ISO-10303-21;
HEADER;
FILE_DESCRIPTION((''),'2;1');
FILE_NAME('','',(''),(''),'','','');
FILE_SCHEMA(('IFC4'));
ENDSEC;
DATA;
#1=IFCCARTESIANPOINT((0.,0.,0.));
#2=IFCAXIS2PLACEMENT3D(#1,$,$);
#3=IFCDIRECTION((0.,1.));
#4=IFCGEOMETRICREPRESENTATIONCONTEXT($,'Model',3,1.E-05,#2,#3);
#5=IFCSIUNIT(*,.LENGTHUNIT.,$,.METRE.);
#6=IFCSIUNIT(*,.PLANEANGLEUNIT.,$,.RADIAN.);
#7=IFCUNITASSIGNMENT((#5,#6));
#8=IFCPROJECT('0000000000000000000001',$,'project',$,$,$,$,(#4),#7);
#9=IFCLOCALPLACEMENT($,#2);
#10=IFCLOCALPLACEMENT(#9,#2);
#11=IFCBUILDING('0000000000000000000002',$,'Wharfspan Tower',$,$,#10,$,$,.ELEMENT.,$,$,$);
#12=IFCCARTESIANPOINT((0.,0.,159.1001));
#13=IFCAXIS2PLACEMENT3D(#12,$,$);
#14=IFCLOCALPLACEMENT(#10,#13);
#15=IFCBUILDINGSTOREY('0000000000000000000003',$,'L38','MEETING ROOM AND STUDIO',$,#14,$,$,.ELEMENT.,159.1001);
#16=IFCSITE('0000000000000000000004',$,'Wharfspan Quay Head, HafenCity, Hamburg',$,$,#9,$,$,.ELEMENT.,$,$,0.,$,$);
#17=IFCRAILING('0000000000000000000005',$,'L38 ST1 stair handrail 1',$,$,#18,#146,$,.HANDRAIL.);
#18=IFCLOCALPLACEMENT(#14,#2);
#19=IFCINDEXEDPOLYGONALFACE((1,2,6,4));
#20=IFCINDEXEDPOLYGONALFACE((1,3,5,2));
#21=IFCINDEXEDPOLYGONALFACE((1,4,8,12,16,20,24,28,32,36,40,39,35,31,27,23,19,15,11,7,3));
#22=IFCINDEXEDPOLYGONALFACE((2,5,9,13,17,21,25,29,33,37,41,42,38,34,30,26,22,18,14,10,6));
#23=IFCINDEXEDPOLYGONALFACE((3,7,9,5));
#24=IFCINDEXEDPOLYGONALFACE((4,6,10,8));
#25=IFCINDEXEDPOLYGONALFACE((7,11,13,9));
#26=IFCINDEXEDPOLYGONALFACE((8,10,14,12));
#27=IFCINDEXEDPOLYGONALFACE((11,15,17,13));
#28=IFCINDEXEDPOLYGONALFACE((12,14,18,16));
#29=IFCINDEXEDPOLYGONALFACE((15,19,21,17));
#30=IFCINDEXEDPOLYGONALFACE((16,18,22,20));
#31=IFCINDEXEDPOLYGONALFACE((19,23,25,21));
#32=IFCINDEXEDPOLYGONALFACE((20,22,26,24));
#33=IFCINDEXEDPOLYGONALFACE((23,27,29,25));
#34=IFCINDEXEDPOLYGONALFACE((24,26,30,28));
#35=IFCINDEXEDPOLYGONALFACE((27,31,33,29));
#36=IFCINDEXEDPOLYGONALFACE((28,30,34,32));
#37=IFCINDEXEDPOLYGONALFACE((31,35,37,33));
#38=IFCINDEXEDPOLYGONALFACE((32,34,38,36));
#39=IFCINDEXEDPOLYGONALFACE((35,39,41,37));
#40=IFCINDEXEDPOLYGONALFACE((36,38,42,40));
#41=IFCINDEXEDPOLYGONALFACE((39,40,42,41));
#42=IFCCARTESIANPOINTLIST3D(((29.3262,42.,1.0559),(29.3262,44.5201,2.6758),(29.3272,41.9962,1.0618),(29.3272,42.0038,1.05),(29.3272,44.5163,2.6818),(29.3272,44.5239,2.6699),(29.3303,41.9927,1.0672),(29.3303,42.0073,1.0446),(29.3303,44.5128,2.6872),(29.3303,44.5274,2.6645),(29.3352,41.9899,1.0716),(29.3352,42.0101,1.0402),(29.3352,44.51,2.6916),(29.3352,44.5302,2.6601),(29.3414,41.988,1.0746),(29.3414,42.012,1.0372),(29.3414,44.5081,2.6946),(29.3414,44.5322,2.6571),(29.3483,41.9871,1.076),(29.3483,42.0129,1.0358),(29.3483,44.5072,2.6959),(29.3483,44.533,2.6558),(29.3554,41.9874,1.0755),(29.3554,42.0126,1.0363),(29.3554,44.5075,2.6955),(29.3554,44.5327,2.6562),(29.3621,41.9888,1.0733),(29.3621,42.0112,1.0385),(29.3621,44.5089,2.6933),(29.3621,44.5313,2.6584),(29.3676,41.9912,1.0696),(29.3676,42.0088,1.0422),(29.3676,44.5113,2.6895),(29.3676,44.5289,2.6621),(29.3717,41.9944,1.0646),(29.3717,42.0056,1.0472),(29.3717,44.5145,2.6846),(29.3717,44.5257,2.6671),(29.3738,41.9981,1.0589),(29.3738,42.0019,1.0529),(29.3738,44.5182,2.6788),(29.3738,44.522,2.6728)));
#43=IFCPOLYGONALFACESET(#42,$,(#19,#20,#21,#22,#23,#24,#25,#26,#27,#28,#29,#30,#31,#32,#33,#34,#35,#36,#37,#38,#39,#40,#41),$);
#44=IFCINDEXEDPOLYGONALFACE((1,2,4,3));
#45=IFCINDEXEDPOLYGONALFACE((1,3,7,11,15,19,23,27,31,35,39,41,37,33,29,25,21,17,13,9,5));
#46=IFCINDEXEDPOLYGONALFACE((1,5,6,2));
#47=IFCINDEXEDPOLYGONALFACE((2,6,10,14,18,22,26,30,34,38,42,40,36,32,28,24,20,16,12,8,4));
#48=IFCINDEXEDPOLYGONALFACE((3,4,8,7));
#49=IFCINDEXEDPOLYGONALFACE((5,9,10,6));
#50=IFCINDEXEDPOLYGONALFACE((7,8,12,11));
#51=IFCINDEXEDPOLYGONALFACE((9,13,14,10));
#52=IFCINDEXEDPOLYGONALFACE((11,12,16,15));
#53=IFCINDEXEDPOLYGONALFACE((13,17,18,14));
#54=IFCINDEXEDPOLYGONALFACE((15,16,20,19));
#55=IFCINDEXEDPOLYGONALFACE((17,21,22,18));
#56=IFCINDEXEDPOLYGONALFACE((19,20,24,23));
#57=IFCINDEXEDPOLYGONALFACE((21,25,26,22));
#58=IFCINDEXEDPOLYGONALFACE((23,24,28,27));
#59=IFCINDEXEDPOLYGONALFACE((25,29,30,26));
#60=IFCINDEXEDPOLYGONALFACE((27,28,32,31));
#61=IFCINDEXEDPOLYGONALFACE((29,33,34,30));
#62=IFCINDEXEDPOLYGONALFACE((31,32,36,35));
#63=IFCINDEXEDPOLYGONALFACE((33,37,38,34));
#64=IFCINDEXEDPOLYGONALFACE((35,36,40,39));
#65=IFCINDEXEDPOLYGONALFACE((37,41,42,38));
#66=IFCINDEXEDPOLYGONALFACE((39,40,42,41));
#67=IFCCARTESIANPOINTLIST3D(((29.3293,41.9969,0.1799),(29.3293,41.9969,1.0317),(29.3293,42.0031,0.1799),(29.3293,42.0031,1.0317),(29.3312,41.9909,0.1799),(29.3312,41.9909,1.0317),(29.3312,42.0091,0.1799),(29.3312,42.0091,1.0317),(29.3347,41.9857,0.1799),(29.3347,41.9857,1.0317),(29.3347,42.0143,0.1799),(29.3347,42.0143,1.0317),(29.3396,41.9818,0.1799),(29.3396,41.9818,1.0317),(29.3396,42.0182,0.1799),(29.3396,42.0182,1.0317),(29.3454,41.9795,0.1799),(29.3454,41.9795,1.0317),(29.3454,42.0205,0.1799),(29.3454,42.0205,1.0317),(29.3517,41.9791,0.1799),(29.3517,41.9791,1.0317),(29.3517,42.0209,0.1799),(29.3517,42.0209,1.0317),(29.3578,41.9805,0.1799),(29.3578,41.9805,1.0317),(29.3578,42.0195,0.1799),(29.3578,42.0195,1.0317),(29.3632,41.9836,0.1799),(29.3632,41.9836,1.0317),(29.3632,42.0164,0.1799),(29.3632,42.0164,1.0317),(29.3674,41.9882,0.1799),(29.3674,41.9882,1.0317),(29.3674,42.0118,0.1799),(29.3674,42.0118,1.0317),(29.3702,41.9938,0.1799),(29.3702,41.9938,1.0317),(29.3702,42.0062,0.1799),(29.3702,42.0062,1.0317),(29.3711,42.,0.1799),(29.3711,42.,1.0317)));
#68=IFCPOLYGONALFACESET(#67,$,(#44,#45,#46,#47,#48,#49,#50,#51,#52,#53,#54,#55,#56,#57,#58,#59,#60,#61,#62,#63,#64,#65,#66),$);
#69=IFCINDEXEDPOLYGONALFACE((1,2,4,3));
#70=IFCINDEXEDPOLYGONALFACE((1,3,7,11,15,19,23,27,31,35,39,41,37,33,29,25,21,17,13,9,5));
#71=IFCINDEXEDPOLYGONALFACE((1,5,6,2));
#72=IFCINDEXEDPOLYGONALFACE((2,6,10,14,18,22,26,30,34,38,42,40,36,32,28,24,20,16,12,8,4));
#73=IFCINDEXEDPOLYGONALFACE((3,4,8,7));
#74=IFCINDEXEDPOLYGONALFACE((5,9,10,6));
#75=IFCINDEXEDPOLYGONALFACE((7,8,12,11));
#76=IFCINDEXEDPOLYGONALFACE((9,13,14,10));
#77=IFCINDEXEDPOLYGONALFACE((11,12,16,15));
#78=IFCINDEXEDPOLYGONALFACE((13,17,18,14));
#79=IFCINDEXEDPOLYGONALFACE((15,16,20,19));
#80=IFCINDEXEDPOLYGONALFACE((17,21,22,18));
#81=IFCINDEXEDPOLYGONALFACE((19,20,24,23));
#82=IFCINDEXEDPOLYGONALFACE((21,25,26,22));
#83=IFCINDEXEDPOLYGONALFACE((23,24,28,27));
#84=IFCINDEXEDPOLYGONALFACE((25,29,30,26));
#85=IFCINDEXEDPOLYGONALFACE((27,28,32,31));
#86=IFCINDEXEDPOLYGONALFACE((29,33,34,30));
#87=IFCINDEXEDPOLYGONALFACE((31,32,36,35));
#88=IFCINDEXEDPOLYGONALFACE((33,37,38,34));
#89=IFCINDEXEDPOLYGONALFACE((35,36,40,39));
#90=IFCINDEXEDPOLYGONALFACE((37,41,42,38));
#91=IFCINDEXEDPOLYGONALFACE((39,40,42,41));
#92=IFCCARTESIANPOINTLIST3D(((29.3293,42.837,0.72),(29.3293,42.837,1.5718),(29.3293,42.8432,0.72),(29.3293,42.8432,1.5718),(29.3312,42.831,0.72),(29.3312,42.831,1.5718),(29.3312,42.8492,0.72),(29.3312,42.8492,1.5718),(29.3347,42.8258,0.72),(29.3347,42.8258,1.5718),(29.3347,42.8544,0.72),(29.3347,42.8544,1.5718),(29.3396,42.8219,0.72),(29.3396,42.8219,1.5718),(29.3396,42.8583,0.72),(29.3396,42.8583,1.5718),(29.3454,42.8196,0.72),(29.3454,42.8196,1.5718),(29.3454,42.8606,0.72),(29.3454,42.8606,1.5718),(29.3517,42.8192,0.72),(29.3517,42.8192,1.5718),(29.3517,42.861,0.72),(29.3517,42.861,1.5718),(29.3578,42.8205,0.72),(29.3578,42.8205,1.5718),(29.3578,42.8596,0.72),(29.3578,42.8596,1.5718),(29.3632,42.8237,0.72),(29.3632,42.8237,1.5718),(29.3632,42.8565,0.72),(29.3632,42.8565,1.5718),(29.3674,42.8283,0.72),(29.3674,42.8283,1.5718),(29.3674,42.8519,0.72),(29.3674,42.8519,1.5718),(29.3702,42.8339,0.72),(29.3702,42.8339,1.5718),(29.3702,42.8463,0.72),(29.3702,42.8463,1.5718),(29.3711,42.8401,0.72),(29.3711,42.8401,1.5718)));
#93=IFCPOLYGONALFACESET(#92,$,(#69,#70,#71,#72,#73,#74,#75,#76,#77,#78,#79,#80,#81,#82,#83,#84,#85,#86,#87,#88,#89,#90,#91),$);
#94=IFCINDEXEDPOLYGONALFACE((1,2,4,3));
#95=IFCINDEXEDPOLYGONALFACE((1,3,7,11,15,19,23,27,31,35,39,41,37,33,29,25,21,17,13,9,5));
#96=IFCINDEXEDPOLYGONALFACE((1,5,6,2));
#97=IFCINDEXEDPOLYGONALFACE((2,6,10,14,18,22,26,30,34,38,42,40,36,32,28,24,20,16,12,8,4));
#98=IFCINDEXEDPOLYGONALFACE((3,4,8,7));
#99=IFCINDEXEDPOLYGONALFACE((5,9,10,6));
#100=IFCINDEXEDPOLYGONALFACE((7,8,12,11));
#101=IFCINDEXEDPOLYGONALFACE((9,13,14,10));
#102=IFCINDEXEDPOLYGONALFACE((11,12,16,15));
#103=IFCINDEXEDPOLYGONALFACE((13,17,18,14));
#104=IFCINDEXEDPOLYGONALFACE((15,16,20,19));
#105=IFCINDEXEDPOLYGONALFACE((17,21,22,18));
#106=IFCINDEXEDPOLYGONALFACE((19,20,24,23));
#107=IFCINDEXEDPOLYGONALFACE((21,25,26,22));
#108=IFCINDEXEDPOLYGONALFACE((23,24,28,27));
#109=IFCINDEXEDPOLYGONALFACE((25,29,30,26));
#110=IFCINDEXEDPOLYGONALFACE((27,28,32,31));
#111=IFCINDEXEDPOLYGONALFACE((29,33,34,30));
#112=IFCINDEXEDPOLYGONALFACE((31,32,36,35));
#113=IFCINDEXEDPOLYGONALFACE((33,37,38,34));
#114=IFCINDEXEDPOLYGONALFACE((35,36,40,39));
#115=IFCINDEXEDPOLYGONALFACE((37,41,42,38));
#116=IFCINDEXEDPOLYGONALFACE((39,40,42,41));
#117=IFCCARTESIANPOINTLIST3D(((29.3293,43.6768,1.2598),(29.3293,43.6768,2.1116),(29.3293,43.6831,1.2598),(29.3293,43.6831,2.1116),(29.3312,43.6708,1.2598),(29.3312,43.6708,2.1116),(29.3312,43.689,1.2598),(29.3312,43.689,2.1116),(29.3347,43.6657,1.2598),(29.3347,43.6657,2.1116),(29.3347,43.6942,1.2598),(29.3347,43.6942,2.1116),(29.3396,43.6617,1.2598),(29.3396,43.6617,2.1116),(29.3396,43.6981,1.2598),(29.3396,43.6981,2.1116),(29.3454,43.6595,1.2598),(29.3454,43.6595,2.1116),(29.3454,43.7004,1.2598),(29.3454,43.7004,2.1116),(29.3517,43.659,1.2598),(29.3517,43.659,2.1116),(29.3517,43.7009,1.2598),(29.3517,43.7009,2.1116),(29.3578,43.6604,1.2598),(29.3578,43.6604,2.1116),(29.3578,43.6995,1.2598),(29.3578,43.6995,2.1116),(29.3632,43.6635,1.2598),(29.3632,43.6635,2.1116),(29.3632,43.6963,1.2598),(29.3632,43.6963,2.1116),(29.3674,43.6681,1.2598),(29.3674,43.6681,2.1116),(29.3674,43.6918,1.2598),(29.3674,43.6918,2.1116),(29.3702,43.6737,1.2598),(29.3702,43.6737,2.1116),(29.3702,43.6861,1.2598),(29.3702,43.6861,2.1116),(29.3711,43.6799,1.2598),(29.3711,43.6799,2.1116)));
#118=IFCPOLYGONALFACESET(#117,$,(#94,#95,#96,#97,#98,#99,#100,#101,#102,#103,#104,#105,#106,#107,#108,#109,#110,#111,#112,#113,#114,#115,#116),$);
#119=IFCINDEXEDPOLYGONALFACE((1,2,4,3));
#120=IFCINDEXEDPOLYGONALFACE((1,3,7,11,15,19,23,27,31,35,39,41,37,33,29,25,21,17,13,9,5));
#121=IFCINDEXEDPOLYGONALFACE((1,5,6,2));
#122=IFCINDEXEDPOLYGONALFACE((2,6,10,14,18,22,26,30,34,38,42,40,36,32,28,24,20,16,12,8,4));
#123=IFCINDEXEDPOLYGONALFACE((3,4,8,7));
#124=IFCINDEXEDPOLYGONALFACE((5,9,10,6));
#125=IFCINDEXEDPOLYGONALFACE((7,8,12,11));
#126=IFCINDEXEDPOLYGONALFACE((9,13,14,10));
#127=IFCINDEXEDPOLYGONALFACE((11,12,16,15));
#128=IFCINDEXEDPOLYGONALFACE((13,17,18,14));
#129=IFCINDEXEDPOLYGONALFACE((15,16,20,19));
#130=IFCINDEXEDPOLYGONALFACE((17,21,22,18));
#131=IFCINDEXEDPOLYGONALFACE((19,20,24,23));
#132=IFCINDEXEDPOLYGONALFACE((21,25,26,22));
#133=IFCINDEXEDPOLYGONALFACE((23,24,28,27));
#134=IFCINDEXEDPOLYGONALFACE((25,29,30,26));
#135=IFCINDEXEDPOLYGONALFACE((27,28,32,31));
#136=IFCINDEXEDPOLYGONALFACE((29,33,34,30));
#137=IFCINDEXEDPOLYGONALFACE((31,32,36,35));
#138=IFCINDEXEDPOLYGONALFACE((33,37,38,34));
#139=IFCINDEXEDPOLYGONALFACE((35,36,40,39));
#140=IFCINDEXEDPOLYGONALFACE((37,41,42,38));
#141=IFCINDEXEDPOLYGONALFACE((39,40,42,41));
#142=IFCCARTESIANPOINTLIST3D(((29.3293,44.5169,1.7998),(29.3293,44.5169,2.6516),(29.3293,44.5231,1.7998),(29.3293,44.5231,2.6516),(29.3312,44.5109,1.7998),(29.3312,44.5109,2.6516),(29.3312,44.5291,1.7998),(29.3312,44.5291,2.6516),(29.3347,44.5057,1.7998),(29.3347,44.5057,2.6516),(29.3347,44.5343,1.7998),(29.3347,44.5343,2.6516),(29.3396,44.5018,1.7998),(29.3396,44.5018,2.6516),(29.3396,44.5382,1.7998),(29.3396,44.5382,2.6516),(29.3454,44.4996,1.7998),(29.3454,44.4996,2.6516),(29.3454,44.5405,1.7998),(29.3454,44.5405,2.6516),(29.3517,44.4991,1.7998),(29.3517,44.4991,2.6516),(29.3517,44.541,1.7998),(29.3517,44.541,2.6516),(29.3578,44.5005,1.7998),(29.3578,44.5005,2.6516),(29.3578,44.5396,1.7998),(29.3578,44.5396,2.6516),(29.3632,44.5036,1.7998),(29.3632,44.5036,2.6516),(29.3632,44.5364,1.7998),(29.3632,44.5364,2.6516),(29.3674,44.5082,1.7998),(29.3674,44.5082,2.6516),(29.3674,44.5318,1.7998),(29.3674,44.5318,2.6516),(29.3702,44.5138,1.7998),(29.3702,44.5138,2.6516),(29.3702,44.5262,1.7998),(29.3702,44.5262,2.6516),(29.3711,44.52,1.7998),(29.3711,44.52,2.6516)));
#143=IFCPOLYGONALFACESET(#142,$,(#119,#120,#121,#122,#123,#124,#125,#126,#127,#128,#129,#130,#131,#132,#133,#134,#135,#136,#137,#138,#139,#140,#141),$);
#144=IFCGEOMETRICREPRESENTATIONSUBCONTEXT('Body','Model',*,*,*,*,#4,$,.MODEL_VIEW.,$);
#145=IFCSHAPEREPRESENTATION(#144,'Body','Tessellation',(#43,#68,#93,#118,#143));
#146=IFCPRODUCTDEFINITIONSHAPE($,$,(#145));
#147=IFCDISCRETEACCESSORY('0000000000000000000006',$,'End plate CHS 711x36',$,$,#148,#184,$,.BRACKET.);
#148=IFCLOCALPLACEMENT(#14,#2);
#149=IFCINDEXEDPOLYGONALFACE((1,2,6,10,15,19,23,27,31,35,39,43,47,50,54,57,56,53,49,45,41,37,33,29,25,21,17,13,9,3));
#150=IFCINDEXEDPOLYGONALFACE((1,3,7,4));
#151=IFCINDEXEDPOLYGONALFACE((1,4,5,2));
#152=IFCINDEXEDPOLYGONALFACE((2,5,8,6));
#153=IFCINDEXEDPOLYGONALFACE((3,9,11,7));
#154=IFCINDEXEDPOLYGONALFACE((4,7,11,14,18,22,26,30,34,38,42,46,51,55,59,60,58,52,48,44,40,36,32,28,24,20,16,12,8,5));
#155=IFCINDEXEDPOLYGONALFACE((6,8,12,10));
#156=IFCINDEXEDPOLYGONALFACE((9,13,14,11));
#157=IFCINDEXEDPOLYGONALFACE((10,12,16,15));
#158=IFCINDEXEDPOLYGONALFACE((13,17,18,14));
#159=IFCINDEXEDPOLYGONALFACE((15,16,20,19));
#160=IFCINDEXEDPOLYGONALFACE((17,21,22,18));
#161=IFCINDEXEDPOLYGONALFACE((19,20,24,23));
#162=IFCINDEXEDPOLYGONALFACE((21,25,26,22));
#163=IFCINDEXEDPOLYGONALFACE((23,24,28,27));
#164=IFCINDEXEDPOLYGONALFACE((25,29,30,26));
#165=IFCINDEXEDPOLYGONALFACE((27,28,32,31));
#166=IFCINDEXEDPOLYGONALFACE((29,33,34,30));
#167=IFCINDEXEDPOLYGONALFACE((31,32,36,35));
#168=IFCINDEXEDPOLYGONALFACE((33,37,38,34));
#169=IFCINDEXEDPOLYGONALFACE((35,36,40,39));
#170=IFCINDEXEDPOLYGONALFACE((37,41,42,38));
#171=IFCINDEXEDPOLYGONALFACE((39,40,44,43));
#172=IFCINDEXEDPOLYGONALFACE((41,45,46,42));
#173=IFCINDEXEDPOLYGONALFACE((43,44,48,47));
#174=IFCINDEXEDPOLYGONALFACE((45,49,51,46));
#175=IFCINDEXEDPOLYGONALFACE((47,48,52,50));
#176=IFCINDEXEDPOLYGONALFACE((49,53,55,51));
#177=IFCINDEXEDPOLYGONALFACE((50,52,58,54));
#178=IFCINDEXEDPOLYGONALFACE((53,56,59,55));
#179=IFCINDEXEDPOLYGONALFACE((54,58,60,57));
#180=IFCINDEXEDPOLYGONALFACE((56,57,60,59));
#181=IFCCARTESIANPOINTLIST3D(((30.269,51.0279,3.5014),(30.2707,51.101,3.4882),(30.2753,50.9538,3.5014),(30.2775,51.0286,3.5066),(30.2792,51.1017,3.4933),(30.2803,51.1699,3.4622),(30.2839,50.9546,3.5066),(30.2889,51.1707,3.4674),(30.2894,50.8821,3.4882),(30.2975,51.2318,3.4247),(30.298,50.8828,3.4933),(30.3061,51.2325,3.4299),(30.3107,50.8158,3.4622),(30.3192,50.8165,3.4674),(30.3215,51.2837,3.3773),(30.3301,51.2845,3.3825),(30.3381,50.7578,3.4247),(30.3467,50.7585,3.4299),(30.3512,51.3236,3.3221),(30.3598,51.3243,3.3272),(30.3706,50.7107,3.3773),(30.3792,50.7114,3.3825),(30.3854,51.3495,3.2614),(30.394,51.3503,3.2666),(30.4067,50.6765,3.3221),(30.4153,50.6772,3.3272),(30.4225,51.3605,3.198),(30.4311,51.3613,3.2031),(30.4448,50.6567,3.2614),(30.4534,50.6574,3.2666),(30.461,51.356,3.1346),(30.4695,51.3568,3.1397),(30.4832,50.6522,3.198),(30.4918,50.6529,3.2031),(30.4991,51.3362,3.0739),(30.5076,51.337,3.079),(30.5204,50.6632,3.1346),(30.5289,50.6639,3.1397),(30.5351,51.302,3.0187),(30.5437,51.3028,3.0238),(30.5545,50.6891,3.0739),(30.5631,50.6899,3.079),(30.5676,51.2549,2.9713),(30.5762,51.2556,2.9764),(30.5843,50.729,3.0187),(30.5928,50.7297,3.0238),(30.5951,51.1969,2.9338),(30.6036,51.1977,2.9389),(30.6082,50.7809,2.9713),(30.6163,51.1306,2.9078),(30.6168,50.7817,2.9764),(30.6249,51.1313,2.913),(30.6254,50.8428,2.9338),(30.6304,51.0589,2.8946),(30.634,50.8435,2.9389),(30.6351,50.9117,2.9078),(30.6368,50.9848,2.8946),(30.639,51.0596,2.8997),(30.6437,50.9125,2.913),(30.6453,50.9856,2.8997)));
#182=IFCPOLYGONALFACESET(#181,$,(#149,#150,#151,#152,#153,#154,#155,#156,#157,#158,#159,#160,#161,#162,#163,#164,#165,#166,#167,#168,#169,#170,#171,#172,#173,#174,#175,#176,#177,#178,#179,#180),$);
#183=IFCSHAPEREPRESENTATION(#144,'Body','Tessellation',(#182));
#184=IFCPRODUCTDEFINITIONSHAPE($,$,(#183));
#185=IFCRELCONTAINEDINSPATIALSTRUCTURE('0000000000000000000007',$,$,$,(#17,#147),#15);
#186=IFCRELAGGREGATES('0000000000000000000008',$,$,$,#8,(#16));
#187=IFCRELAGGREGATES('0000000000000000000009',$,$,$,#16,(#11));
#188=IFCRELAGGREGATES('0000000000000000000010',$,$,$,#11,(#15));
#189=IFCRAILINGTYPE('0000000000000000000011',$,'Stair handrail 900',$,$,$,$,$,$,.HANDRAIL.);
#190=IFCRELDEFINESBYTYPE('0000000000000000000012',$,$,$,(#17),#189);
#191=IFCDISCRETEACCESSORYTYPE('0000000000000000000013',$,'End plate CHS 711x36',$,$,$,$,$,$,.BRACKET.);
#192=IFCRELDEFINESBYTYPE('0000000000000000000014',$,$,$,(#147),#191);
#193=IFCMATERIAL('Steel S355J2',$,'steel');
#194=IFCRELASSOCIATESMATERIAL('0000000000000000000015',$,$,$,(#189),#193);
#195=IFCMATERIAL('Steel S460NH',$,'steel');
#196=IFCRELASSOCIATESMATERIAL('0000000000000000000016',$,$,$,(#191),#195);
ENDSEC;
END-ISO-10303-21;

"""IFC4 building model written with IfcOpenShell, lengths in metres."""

from ifc_helpers import new_model, si_unit, direction, frame, origin, origin_2d, place, context, subcontext, project, spatial, circle, extrude, material, material_profile, profile_set, type_object, element, save


model = new_model("IFC4")

# Units and contexts
model_context = context("Model", 3, precision=1e-05, world=origin(), true_north=direction((0.0, 1.0)))
body_context = subcontext(model_context, "Body", "Model", "MODEL_VIEW")
ifc_project = project(units=[si_unit("LENGTHUNIT", "METRE"), si_unit("PLANEANGLEUNIT", "RADIAN")], contexts=[model_context])

# Site, building, storey
site_placement = place(None, origin())
site = spatial("IfcSite", under=ifc_project, at=site_placement, Name="Wharfspan Quay Head, HafenCity, Hamburg", CompositionType="ELEMENT", RefElevation=0.0)
building_placement = place(site_placement, origin())
building = spatial("IfcBuilding", under=site, at=building_placement, Name="Wharfspan Tower", CompositionType="ELEMENT")
storey_placement = place(building_placement, frame((0.0, 0.0, 159.1001)))
storey = spatial("IfcBuildingStorey", under=building, at=storey_placement, Name="L38", Description="MEETING ROOM AND STUDIO", CompositionType="ELEMENT", Elevation=159.1001)

# Shared definitions
ifc_material_1 = material(Name="Steel S355J2", Category="steel")

# Shared definitions
ifc_material_2 = material(Name="Steel S460NH", Category="steel")

# Railing
railing_type = type_object("IfcRailingType", Name="Stair handrail 900", PredefinedType="HANDRAIL", material=ifc_material_1)
railing_placement = place(storey_placement, frame((29.3501, 42.0, 0.1799)))
element("IfcRailing", 1, at=railing_placement, inside=storey, type_object=railing_type, Name="L38 ST1 stair handrail 1", PredefinedType="HANDRAIL", context=body_context, shape_type="SweptSolid", body=[
    extrude(circle(Radius=0.0239, at=origin_2d()), frame((0.0, 0.0, 0.876), z_axis=(0.0, 0.8412, 0.540725), x_axis=(-1.0, 0.0, 0.0)), (0.0, 0.0, 1.0), 2.9958),
    extrude(circle(Radius=0.021, at=origin_2d()), origin(), (0.0, 0.0, 1.0), 0.8518),
    extrude(circle(Radius=0.021, at=origin_2d()), frame((0.0, 0.8401, 0.54)), (0.0, 0.0, 1.0), 0.8518),
    extrude(circle(Radius=0.021, at=origin_2d()), frame((0.0, 1.6799, 1.0798)), (0.0, 0.0, 1.0), 0.8518),
    extrude(circle(Radius=0.021, at=origin_2d()), frame((0.0, 2.52, 1.6199)), (0.0, 0.0, 1.0), 0.8518),
])

# Discrete accessory
ifc_material_profile_1 = material_profile(ifc_material_2, circle(Radius=0.3555, at=origin_2d()))
ifc_profile_set_1 = profile_set([ifc_material_profile_1], Name="Steel S460NH")
discrete_accessory_type = type_object("IfcDiscreteAccessoryType", Name="End plate CHS 711x36", PredefinedType="BRACKET", material=ifc_profile_set_1)
for number, where, z_axis, x_axis, name in (
    (2, (30.4529, 51.0063, 3.198), (0.855186, 0.073302, 0.513112), (-0.085402, 0.996345, 0.000001), "End plate CHS 711x36"),
):
    element("IfcDiscreteAccessory", number, at=place(storey_placement, frame(where, z_axis=z_axis, x_axis=x_axis)), inside=storey, type_object=discrete_accessory_type, Name=name, PredefinedType="BRACKET", context=body_context, shape_type="SweptSolid", body=[
        extrude(circle(Radius=0.3555, at=origin_2d()), origin(), (0.0, 0.0, 1.0), 0.01),
    ])

save(model, "model.ifc")
